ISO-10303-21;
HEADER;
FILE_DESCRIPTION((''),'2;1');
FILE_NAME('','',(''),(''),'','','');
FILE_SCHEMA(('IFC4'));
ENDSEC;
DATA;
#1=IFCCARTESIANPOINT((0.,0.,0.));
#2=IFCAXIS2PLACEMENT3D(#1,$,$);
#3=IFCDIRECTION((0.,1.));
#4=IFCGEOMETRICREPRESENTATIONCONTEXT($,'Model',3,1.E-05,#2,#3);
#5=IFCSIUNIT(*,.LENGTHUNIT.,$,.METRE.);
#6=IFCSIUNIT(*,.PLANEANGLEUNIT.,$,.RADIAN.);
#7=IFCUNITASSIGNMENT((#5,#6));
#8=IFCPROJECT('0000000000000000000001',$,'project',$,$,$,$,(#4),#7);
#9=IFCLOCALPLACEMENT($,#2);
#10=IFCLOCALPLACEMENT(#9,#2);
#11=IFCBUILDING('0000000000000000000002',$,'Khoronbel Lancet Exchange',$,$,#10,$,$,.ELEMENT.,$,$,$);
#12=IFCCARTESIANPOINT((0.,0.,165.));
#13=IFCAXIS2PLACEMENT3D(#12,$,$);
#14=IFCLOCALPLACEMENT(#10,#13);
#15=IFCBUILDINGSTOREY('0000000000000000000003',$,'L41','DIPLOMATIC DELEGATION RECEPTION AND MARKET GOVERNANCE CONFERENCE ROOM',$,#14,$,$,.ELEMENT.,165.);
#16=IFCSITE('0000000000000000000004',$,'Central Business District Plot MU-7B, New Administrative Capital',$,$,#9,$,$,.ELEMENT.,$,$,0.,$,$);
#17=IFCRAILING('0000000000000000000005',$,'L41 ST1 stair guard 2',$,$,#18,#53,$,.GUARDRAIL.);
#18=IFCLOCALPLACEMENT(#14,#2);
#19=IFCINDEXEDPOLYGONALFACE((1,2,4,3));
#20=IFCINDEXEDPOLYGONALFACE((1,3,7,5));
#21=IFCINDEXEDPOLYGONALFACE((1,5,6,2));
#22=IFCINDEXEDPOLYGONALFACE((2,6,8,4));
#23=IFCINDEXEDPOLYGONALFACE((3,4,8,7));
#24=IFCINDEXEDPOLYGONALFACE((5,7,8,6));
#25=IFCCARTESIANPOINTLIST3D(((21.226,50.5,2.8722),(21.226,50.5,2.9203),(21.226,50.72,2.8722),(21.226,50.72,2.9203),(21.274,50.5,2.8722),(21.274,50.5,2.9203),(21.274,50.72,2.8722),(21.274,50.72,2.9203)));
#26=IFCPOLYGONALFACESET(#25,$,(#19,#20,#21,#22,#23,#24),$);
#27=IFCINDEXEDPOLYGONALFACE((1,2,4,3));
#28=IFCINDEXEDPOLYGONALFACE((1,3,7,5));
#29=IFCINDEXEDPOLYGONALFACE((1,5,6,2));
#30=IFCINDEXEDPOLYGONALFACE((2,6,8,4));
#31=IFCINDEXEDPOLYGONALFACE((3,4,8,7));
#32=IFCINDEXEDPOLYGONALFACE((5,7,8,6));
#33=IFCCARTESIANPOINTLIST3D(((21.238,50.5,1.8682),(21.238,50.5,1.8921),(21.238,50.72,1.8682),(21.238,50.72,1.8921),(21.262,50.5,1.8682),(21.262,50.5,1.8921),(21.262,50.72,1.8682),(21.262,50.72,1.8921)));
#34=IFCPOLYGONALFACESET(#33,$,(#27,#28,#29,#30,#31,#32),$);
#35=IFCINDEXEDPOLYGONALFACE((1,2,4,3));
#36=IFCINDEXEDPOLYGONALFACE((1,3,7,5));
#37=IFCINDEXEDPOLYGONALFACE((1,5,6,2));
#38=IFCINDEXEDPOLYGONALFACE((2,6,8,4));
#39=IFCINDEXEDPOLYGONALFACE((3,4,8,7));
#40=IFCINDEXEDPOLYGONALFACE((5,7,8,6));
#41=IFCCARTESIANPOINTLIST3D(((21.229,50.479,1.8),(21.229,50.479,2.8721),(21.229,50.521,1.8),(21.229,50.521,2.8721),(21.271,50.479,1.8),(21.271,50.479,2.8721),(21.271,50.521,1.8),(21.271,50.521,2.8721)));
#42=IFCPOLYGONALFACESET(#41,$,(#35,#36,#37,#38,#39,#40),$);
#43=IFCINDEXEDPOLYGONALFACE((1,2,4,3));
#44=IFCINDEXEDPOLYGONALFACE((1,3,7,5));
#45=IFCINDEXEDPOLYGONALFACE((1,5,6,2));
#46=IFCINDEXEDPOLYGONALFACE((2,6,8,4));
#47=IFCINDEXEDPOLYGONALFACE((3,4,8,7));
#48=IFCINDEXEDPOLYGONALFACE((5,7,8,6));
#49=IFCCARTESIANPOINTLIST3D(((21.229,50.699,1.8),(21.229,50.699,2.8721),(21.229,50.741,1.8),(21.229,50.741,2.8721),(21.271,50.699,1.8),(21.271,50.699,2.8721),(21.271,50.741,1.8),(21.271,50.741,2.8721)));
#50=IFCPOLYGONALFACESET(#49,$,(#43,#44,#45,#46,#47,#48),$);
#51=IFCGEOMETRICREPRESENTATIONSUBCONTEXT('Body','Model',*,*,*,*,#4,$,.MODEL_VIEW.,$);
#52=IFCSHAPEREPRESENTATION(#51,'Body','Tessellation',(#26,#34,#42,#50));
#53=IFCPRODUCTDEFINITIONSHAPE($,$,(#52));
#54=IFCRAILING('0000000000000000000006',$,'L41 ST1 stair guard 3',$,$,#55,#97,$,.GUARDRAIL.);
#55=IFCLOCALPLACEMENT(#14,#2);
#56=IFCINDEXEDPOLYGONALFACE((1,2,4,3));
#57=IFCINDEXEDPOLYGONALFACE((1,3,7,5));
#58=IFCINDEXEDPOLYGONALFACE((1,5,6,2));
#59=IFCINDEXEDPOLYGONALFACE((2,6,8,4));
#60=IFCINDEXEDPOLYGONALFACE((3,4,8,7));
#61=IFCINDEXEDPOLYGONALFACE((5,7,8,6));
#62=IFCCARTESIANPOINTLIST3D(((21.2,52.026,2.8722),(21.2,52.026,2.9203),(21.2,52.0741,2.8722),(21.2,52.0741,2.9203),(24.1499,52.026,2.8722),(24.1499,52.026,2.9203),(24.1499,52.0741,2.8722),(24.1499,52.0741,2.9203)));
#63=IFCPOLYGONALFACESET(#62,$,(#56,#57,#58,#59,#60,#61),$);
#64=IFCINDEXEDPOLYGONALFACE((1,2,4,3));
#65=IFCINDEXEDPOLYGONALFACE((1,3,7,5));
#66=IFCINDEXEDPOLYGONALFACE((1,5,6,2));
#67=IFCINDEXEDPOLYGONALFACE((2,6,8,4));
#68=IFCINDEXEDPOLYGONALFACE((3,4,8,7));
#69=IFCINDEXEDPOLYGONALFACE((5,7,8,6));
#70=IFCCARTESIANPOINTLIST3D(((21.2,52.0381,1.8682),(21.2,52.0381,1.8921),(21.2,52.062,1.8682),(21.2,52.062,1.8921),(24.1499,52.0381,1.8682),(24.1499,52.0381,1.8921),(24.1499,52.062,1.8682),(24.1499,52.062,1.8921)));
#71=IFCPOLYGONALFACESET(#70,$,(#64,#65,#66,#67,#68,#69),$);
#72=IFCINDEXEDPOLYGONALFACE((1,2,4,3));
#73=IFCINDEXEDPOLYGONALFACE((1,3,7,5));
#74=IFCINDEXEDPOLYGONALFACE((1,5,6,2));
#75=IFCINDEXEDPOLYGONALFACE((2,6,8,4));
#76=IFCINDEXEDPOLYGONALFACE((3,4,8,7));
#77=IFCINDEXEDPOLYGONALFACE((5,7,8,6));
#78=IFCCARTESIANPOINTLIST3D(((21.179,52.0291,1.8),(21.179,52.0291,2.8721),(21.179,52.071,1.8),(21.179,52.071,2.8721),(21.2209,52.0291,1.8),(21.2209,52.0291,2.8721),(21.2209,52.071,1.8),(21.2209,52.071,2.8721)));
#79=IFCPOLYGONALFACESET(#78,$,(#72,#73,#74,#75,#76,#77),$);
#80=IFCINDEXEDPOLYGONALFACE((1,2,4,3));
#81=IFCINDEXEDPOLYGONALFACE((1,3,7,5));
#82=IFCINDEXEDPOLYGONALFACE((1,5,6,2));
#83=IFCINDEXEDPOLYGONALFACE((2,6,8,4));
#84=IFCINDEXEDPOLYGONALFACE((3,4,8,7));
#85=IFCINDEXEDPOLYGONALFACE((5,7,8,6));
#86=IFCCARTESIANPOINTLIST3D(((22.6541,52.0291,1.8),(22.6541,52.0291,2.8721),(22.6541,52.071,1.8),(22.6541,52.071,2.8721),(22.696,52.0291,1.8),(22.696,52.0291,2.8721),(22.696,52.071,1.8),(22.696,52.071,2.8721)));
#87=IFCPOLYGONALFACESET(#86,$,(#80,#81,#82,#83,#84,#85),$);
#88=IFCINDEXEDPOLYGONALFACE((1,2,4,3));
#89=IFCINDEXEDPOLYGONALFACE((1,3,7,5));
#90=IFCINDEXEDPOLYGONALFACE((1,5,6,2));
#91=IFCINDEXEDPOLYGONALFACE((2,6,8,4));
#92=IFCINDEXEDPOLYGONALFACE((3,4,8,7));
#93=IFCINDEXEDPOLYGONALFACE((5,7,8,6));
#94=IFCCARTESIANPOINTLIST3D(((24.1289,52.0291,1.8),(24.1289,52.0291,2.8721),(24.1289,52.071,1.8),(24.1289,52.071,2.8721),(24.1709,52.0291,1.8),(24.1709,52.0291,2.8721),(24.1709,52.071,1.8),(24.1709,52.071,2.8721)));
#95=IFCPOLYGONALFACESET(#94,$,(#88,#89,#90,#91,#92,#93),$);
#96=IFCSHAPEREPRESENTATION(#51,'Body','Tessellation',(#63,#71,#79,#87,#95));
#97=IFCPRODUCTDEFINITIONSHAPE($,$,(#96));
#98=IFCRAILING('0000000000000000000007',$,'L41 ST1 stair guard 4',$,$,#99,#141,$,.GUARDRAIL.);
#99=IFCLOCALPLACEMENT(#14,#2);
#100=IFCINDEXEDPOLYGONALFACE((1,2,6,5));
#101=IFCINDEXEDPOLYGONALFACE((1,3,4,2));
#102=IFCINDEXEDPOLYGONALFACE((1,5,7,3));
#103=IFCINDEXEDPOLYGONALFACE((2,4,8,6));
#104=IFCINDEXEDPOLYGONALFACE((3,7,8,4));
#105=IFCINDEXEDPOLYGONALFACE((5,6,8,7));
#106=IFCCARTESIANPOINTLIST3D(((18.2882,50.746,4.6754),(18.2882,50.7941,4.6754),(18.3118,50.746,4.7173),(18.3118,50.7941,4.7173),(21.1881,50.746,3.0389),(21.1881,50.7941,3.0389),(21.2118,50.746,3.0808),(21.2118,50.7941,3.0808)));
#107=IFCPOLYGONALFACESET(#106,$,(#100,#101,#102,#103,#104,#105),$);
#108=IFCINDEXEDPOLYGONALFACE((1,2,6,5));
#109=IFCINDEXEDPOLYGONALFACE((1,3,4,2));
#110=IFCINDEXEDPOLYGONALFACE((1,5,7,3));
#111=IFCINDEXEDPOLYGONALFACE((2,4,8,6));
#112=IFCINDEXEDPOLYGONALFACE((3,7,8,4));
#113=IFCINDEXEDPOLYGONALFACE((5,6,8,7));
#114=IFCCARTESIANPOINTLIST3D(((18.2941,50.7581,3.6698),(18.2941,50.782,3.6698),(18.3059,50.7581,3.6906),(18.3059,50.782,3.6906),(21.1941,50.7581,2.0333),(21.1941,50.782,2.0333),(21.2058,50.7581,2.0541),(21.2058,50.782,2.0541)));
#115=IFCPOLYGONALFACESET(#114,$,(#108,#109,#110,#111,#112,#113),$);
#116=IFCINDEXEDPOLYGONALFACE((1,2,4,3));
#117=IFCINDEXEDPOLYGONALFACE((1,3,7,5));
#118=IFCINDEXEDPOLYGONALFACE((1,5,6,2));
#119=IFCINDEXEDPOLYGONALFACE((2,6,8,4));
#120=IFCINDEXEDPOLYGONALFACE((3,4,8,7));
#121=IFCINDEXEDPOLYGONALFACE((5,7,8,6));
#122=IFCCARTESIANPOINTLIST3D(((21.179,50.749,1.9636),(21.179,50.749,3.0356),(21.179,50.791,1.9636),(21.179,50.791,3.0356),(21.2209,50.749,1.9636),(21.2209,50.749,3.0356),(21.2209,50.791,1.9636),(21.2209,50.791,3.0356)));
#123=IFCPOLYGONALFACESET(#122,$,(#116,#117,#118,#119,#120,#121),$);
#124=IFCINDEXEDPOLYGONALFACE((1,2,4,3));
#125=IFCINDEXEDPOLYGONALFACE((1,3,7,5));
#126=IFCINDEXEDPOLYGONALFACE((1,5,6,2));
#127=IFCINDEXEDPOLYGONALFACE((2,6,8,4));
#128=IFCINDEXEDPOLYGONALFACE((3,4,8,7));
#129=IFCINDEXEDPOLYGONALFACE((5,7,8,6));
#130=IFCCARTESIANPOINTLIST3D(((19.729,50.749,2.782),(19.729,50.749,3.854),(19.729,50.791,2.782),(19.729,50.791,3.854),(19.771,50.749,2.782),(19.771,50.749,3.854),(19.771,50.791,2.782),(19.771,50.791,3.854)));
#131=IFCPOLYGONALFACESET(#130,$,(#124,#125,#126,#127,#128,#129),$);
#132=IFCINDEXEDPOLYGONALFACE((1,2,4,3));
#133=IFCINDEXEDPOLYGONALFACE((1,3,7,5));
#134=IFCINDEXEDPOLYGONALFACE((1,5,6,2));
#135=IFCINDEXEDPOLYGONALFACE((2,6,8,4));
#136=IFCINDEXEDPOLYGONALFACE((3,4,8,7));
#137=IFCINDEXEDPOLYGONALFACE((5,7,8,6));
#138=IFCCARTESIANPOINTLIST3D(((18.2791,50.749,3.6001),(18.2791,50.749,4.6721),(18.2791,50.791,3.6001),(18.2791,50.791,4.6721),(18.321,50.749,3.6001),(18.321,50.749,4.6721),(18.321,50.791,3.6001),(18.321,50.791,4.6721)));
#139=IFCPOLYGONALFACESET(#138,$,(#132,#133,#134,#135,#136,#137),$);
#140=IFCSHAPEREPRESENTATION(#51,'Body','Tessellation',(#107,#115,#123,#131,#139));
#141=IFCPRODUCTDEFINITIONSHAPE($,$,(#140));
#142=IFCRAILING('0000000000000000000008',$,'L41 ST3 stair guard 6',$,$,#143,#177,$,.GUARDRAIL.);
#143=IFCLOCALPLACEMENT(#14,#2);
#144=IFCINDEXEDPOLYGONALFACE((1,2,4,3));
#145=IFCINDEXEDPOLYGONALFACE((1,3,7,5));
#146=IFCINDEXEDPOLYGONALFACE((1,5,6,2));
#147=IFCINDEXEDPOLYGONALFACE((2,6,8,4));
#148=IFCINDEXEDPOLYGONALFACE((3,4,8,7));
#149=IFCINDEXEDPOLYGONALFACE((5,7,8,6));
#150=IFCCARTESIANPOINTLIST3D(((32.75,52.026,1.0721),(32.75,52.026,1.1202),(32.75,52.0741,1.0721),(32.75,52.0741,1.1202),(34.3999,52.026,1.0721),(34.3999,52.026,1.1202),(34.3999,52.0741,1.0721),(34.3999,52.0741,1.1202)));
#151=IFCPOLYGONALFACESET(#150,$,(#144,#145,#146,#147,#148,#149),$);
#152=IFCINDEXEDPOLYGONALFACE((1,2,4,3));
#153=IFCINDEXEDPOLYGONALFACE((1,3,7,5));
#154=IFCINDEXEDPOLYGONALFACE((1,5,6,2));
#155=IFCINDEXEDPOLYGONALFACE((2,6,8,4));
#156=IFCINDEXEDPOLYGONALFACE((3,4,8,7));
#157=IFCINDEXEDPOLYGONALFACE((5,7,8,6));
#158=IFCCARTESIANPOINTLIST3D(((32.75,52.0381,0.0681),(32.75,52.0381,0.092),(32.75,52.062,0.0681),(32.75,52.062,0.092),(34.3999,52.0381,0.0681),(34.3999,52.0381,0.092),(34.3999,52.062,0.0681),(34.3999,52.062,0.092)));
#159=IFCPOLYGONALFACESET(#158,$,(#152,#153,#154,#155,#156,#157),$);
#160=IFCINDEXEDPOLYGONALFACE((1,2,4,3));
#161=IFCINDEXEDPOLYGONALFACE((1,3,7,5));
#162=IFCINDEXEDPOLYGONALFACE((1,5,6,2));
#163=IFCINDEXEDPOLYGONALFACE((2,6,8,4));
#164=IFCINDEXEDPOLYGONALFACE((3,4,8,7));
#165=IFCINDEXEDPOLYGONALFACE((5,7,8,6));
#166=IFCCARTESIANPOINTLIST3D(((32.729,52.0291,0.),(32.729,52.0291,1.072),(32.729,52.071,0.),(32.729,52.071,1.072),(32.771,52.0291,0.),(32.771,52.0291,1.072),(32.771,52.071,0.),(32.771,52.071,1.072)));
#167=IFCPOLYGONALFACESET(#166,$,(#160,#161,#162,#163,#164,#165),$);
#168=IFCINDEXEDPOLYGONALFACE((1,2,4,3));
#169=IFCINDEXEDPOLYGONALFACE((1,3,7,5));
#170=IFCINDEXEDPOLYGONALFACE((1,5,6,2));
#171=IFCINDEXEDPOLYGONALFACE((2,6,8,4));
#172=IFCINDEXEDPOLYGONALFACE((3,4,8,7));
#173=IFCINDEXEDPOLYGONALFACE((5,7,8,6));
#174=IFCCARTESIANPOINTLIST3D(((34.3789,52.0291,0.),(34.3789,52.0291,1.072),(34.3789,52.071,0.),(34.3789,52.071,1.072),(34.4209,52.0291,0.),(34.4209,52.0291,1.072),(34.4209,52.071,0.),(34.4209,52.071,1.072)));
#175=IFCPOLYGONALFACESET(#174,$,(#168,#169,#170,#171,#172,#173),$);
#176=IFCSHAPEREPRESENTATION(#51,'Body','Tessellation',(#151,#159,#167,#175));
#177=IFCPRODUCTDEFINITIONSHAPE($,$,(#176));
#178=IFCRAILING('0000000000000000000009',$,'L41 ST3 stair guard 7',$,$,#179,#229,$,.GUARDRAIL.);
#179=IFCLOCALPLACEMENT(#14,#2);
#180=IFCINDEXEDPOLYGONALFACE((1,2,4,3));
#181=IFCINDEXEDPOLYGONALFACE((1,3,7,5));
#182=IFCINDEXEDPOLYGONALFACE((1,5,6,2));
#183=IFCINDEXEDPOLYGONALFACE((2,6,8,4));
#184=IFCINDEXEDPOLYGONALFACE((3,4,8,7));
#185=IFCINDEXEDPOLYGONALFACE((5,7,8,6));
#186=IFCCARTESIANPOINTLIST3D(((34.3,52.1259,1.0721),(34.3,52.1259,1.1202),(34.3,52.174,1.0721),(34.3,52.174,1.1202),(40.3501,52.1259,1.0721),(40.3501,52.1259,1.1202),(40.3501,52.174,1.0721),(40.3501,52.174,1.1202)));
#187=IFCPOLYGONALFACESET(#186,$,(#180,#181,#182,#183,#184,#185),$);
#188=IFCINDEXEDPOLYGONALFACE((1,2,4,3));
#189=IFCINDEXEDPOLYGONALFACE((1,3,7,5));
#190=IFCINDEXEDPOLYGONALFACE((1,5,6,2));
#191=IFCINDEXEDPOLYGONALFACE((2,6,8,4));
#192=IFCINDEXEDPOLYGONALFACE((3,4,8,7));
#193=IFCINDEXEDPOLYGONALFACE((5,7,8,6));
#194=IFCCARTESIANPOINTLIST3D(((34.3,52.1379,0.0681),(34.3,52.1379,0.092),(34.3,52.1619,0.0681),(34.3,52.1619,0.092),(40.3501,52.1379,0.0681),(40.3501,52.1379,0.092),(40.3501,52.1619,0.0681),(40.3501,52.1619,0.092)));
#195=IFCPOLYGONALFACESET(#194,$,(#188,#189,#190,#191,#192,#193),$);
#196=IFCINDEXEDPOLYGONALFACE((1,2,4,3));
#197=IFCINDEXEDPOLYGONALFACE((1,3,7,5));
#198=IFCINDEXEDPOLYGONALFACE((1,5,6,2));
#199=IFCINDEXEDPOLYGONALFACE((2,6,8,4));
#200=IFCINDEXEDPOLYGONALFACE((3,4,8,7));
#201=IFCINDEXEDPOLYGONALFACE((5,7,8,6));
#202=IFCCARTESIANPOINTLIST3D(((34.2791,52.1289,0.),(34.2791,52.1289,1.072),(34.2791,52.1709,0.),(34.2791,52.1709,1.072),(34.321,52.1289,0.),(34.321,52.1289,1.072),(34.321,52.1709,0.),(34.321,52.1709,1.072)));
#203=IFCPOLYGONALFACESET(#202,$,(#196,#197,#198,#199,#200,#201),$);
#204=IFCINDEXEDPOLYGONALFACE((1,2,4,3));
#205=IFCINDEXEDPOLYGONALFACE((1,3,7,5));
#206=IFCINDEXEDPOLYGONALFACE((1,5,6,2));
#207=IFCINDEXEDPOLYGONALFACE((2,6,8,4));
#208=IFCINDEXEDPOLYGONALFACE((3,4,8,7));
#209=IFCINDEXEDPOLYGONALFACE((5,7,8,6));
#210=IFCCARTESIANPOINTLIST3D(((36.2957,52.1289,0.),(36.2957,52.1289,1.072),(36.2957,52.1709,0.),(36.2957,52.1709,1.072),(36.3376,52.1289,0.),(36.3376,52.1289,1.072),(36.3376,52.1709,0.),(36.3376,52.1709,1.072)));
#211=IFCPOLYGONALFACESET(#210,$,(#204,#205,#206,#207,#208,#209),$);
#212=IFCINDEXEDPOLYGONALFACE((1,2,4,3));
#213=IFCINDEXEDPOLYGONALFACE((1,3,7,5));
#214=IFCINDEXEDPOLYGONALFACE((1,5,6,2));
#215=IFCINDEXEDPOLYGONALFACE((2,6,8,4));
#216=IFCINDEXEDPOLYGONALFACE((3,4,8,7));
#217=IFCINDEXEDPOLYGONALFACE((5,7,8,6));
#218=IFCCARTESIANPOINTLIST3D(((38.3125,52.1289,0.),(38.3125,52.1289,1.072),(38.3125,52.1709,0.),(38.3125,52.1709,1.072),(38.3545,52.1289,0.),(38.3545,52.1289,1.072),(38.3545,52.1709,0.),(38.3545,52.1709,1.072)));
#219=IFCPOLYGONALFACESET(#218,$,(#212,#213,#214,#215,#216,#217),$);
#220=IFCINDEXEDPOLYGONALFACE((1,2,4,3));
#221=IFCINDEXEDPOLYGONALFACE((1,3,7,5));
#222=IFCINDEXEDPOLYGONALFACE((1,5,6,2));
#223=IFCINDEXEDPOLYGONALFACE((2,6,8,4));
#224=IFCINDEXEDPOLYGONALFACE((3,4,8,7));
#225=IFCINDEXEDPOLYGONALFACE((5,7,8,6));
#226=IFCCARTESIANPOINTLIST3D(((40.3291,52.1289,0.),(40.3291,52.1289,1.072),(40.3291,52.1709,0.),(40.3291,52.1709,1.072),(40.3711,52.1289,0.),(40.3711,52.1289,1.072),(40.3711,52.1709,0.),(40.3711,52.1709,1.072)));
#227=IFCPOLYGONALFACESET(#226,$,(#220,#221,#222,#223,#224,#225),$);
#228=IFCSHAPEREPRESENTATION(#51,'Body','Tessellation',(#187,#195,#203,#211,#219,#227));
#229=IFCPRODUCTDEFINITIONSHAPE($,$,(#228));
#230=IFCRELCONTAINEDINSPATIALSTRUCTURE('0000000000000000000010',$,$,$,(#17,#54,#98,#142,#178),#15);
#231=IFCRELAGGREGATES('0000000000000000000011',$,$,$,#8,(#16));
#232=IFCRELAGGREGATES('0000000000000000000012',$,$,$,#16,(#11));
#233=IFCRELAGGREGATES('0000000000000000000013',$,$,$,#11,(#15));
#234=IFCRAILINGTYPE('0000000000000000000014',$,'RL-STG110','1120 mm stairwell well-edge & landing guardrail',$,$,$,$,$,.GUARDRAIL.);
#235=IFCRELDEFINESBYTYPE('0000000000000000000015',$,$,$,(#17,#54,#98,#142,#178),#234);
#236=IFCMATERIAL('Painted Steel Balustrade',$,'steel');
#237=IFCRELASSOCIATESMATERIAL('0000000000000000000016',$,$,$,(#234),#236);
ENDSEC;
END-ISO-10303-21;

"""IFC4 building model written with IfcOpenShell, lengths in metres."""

from ifc_helpers import new_model, si_unit, direction, frame, origin, origin_2d, place, context, subcontext, project, spatial, rectangle, extrude, material, type_object, element, save


model = new_model("IFC4")

# Units and contexts
model_context = context("Model", 3, precision=1e-05, world=origin(), true_north=direction((0.0, 1.0)))
body_context = subcontext(model_context, "Body", "Model", "MODEL_VIEW")
ifc_project = project(units=[si_unit("LENGTHUNIT", "METRE"), si_unit("PLANEANGLEUNIT", "RADIAN")], contexts=[model_context])

# Site, building, storey
site_placement = place(None, origin())
site = spatial("IfcSite", under=ifc_project, at=site_placement, Name="Central Business District Plot MU-7B, New Administrative Capital", CompositionType="ELEMENT", RefElevation=0.0)
building_placement = place(site_placement, origin())
building = spatial("IfcBuilding", under=site, at=building_placement, Name="Khoronbel Lancet Exchange", CompositionType="ELEMENT")
storey_placement = place(building_placement, frame((0.0, 0.0, 165.0)))
storey = spatial("IfcBuildingStorey", under=building, at=storey_placement, Name="L41", Description="DIPLOMATIC DELEGATION RECEPTION AND MARKET GOVERNANCE CONFERENCE ROOM", CompositionType="ELEMENT", Elevation=165.0)

# Railings
ifc_material_1 = material(Name="Painted Steel Balustrade", Category="steel")
railing_type_1 = type_object("IfcRailingType", Name="RL-STG110", Description="1120 mm stairwell well-edge & landing guardrail", PredefinedType="GUARDRAIL", material=ifc_material_1)
railing_1_placement = place(storey_placement, frame((21.25, 50.5, 1.8)))
element("IfcRailing", 1, at=railing_1_placement, inside=storey, type_object=railing_type_1, Name="L41 ST1 stair guard 2", PredefinedType="GUARDRAIL", context=body_context, shape_type="SweptSolid", body=[
    extrude(rectangle(XDim=0.0481, YDim=0.0481, at=origin_2d()), frame((0.0, 0.0, 1.0962), z_axis=(0.0, 1.0, 0.0), x_axis=(-1.0, 0.0, 0.0)), (0.0, 0.0, 1.0), 0.22),
    extrude(rectangle(XDim=0.0239, YDim=0.0239, at=origin_2d()), frame((0.0, 0.0, 0.0801), z_axis=(0.0, 1.0, 0.0), x_axis=(-1.0, 0.0, 0.0)), (0.0, 0.0, 1.0), 0.22),
    extrude(rectangle(XDim=0.042, YDim=0.042, at=origin_2d()), origin(), (0.0, 0.0, 1.0), 1.072),
    extrude(rectangle(XDim=0.042, YDim=0.042, at=origin_2d()), frame((0.0, 0.22, 0.0)), (0.0, 0.0, 1.0), 1.072),
])
railing_2_placement = place(storey_placement, frame((21.2, 52.05, 1.8)))
element("IfcRailing", 2, at=railing_2_placement, inside=storey, type_object=railing_type_1, Name="L41 ST1 stair guard 3", PredefinedType="GUARDRAIL", context=body_context, shape_type="SweptSolid", body=[
    extrude(rectangle(XDim=0.0481, YDim=0.0481, at=origin_2d()), frame((0.0, 0.0, 1.0962), z_axis=(1.0, 0.0, 0.0), x_axis=(0.0, 1.0, 0.0)), (0.0, 0.0, 1.0), 2.95),
    extrude(rectangle(XDim=0.0239, YDim=0.0239, at=origin_2d()), frame((0.0, 0.0, 0.0801), z_axis=(1.0, 0.0, 0.0), x_axis=(0.0, 1.0, 0.0)), (0.0, 0.0, 1.0), 2.95),
    extrude(rectangle(XDim=0.042, YDim=0.042, at=origin_2d()), origin(), (0.0, 0.0, 1.0), 1.072),
    extrude(rectangle(XDim=0.042, YDim=0.042, at=origin_2d()), frame((1.4751, 0.0, 0.0)), (0.0, 0.0, 1.0), 1.072),
    extrude(rectangle(XDim=0.042, YDim=0.042, at=origin_2d()), frame((2.95, 0.0, 0.0)), (0.0, 0.0, 1.0), 1.072),
])
railing_3_placement = place(storey_placement, frame((21.2, 50.77, 1.9636)))
element("IfcRailing", 3, at=railing_3_placement, inside=storey, type_object=railing_type_1, Name="L41 ST1 stair guard 4", PredefinedType="GUARDRAIL", context=body_context, shape_type="SweptSolid", body=[
    extrude(rectangle(XDim=0.0481, YDim=0.0481, at=origin_2d()), frame((0.0, 0.0, 1.0962), z_axis=(-0.870897, 0.0, 0.491465), x_axis=(0.0, -1.0, 0.0)), (0.0, 0.0, 1.0), 3.3298),
    extrude(rectangle(XDim=0.0239, YDim=0.0239, at=origin_2d()), frame((0.0, 0.0, 0.0801), z_axis=(-0.870897, 0.0, 0.491465), x_axis=(0.0, -1.0, 0.0)), (0.0, 0.0, 1.0), 3.3298),
    extrude(rectangle(XDim=0.042, YDim=0.042, at=origin_2d()), origin(), (0.0, 0.0, 1.0), 1.072),
    extrude(rectangle(XDim=0.042, YDim=0.042, at=origin_2d()), frame((-1.45, 0.0, 0.8184)), (0.0, 0.0, 1.0), 1.072),
    extrude(rectangle(XDim=0.042, YDim=0.042, at=origin_2d()), frame((-2.8999, 0.0, 1.6365)), (0.0, 0.0, 1.0), 1.072),
])
railing_4_placement = place(storey_placement, frame((32.75, 52.05, 0.0)))
element("IfcRailing", 4, at=railing_4_placement, inside=storey, type_object=railing_type_1, Name="L41 ST3 stair guard 6", PredefinedType="GUARDRAIL", context=body_context, shape_type="SweptSolid", body=[
    extrude(rectangle(XDim=0.0481, YDim=0.0481, at=origin_2d()), frame((0.0, 0.0, 1.0962), z_axis=(1.0, 0.0, 0.0), x_axis=(0.0, 1.0, 0.0)), (0.0, 0.0, 1.0), 1.6499),
    extrude(rectangle(XDim=0.0239, YDim=0.0239, at=origin_2d()), frame((0.0, 0.0, 0.0801), z_axis=(1.0, 0.0, 0.0), x_axis=(0.0, 1.0, 0.0)), (0.0, 0.0, 1.0), 1.6499),
    extrude(rectangle(XDim=0.042, YDim=0.042, at=origin_2d()), origin(), (0.0, 0.0, 1.0), 1.072),
    extrude(rectangle(XDim=0.042, YDim=0.042, at=origin_2d()), frame((1.6499, 0.0, 0.0)), (0.0, 0.0, 1.0), 1.072),
])
railing_5_placement = place(storey_placement, frame((34.3, 52.1499, 0.0)))
element("IfcRailing", 5, at=railing_5_placement, inside=storey, type_object=railing_type_1, Name="L41 ST3 stair guard 7", PredefinedType="GUARDRAIL", context=body_context, shape_type="SweptSolid", body=[
    extrude(rectangle(XDim=0.0481, YDim=0.0481, at=origin_2d()), frame((0.0, 0.0, 1.0962), z_axis=(1.0, 0.0, 0.0), x_axis=(0.0, 1.0, 0.0)), (0.0, 0.0, 1.0), 6.05),
    extrude(rectangle(XDim=0.0239, YDim=0.0239, at=origin_2d()), frame((0.0, 0.0, 0.0801), z_axis=(1.0, 0.0, 0.0), x_axis=(0.0, 1.0, 0.0)), (0.0, 0.0, 1.0), 6.05),
    extrude(rectangle(XDim=0.042, YDim=0.042, at=origin_2d()), origin(), (0.0, 0.0, 1.0), 1.072),
    extrude(rectangle(XDim=0.042, YDim=0.042, at=origin_2d()), frame((2.0166, 0.0, 0.0)), (0.0, 0.0, 1.0), 1.072),
    extrude(rectangle(XDim=0.042, YDim=0.042, at=origin_2d()), frame((4.0334, 0.0, 0.0)), (0.0, 0.0, 1.0), 1.072),
    extrude(rectangle(XDim=0.042, YDim=0.042, at=origin_2d()), frame((6.05, 0.0, 0.0)), (0.0, 0.0, 1.0), 1.072),
])

save(model, "model.ifc")
